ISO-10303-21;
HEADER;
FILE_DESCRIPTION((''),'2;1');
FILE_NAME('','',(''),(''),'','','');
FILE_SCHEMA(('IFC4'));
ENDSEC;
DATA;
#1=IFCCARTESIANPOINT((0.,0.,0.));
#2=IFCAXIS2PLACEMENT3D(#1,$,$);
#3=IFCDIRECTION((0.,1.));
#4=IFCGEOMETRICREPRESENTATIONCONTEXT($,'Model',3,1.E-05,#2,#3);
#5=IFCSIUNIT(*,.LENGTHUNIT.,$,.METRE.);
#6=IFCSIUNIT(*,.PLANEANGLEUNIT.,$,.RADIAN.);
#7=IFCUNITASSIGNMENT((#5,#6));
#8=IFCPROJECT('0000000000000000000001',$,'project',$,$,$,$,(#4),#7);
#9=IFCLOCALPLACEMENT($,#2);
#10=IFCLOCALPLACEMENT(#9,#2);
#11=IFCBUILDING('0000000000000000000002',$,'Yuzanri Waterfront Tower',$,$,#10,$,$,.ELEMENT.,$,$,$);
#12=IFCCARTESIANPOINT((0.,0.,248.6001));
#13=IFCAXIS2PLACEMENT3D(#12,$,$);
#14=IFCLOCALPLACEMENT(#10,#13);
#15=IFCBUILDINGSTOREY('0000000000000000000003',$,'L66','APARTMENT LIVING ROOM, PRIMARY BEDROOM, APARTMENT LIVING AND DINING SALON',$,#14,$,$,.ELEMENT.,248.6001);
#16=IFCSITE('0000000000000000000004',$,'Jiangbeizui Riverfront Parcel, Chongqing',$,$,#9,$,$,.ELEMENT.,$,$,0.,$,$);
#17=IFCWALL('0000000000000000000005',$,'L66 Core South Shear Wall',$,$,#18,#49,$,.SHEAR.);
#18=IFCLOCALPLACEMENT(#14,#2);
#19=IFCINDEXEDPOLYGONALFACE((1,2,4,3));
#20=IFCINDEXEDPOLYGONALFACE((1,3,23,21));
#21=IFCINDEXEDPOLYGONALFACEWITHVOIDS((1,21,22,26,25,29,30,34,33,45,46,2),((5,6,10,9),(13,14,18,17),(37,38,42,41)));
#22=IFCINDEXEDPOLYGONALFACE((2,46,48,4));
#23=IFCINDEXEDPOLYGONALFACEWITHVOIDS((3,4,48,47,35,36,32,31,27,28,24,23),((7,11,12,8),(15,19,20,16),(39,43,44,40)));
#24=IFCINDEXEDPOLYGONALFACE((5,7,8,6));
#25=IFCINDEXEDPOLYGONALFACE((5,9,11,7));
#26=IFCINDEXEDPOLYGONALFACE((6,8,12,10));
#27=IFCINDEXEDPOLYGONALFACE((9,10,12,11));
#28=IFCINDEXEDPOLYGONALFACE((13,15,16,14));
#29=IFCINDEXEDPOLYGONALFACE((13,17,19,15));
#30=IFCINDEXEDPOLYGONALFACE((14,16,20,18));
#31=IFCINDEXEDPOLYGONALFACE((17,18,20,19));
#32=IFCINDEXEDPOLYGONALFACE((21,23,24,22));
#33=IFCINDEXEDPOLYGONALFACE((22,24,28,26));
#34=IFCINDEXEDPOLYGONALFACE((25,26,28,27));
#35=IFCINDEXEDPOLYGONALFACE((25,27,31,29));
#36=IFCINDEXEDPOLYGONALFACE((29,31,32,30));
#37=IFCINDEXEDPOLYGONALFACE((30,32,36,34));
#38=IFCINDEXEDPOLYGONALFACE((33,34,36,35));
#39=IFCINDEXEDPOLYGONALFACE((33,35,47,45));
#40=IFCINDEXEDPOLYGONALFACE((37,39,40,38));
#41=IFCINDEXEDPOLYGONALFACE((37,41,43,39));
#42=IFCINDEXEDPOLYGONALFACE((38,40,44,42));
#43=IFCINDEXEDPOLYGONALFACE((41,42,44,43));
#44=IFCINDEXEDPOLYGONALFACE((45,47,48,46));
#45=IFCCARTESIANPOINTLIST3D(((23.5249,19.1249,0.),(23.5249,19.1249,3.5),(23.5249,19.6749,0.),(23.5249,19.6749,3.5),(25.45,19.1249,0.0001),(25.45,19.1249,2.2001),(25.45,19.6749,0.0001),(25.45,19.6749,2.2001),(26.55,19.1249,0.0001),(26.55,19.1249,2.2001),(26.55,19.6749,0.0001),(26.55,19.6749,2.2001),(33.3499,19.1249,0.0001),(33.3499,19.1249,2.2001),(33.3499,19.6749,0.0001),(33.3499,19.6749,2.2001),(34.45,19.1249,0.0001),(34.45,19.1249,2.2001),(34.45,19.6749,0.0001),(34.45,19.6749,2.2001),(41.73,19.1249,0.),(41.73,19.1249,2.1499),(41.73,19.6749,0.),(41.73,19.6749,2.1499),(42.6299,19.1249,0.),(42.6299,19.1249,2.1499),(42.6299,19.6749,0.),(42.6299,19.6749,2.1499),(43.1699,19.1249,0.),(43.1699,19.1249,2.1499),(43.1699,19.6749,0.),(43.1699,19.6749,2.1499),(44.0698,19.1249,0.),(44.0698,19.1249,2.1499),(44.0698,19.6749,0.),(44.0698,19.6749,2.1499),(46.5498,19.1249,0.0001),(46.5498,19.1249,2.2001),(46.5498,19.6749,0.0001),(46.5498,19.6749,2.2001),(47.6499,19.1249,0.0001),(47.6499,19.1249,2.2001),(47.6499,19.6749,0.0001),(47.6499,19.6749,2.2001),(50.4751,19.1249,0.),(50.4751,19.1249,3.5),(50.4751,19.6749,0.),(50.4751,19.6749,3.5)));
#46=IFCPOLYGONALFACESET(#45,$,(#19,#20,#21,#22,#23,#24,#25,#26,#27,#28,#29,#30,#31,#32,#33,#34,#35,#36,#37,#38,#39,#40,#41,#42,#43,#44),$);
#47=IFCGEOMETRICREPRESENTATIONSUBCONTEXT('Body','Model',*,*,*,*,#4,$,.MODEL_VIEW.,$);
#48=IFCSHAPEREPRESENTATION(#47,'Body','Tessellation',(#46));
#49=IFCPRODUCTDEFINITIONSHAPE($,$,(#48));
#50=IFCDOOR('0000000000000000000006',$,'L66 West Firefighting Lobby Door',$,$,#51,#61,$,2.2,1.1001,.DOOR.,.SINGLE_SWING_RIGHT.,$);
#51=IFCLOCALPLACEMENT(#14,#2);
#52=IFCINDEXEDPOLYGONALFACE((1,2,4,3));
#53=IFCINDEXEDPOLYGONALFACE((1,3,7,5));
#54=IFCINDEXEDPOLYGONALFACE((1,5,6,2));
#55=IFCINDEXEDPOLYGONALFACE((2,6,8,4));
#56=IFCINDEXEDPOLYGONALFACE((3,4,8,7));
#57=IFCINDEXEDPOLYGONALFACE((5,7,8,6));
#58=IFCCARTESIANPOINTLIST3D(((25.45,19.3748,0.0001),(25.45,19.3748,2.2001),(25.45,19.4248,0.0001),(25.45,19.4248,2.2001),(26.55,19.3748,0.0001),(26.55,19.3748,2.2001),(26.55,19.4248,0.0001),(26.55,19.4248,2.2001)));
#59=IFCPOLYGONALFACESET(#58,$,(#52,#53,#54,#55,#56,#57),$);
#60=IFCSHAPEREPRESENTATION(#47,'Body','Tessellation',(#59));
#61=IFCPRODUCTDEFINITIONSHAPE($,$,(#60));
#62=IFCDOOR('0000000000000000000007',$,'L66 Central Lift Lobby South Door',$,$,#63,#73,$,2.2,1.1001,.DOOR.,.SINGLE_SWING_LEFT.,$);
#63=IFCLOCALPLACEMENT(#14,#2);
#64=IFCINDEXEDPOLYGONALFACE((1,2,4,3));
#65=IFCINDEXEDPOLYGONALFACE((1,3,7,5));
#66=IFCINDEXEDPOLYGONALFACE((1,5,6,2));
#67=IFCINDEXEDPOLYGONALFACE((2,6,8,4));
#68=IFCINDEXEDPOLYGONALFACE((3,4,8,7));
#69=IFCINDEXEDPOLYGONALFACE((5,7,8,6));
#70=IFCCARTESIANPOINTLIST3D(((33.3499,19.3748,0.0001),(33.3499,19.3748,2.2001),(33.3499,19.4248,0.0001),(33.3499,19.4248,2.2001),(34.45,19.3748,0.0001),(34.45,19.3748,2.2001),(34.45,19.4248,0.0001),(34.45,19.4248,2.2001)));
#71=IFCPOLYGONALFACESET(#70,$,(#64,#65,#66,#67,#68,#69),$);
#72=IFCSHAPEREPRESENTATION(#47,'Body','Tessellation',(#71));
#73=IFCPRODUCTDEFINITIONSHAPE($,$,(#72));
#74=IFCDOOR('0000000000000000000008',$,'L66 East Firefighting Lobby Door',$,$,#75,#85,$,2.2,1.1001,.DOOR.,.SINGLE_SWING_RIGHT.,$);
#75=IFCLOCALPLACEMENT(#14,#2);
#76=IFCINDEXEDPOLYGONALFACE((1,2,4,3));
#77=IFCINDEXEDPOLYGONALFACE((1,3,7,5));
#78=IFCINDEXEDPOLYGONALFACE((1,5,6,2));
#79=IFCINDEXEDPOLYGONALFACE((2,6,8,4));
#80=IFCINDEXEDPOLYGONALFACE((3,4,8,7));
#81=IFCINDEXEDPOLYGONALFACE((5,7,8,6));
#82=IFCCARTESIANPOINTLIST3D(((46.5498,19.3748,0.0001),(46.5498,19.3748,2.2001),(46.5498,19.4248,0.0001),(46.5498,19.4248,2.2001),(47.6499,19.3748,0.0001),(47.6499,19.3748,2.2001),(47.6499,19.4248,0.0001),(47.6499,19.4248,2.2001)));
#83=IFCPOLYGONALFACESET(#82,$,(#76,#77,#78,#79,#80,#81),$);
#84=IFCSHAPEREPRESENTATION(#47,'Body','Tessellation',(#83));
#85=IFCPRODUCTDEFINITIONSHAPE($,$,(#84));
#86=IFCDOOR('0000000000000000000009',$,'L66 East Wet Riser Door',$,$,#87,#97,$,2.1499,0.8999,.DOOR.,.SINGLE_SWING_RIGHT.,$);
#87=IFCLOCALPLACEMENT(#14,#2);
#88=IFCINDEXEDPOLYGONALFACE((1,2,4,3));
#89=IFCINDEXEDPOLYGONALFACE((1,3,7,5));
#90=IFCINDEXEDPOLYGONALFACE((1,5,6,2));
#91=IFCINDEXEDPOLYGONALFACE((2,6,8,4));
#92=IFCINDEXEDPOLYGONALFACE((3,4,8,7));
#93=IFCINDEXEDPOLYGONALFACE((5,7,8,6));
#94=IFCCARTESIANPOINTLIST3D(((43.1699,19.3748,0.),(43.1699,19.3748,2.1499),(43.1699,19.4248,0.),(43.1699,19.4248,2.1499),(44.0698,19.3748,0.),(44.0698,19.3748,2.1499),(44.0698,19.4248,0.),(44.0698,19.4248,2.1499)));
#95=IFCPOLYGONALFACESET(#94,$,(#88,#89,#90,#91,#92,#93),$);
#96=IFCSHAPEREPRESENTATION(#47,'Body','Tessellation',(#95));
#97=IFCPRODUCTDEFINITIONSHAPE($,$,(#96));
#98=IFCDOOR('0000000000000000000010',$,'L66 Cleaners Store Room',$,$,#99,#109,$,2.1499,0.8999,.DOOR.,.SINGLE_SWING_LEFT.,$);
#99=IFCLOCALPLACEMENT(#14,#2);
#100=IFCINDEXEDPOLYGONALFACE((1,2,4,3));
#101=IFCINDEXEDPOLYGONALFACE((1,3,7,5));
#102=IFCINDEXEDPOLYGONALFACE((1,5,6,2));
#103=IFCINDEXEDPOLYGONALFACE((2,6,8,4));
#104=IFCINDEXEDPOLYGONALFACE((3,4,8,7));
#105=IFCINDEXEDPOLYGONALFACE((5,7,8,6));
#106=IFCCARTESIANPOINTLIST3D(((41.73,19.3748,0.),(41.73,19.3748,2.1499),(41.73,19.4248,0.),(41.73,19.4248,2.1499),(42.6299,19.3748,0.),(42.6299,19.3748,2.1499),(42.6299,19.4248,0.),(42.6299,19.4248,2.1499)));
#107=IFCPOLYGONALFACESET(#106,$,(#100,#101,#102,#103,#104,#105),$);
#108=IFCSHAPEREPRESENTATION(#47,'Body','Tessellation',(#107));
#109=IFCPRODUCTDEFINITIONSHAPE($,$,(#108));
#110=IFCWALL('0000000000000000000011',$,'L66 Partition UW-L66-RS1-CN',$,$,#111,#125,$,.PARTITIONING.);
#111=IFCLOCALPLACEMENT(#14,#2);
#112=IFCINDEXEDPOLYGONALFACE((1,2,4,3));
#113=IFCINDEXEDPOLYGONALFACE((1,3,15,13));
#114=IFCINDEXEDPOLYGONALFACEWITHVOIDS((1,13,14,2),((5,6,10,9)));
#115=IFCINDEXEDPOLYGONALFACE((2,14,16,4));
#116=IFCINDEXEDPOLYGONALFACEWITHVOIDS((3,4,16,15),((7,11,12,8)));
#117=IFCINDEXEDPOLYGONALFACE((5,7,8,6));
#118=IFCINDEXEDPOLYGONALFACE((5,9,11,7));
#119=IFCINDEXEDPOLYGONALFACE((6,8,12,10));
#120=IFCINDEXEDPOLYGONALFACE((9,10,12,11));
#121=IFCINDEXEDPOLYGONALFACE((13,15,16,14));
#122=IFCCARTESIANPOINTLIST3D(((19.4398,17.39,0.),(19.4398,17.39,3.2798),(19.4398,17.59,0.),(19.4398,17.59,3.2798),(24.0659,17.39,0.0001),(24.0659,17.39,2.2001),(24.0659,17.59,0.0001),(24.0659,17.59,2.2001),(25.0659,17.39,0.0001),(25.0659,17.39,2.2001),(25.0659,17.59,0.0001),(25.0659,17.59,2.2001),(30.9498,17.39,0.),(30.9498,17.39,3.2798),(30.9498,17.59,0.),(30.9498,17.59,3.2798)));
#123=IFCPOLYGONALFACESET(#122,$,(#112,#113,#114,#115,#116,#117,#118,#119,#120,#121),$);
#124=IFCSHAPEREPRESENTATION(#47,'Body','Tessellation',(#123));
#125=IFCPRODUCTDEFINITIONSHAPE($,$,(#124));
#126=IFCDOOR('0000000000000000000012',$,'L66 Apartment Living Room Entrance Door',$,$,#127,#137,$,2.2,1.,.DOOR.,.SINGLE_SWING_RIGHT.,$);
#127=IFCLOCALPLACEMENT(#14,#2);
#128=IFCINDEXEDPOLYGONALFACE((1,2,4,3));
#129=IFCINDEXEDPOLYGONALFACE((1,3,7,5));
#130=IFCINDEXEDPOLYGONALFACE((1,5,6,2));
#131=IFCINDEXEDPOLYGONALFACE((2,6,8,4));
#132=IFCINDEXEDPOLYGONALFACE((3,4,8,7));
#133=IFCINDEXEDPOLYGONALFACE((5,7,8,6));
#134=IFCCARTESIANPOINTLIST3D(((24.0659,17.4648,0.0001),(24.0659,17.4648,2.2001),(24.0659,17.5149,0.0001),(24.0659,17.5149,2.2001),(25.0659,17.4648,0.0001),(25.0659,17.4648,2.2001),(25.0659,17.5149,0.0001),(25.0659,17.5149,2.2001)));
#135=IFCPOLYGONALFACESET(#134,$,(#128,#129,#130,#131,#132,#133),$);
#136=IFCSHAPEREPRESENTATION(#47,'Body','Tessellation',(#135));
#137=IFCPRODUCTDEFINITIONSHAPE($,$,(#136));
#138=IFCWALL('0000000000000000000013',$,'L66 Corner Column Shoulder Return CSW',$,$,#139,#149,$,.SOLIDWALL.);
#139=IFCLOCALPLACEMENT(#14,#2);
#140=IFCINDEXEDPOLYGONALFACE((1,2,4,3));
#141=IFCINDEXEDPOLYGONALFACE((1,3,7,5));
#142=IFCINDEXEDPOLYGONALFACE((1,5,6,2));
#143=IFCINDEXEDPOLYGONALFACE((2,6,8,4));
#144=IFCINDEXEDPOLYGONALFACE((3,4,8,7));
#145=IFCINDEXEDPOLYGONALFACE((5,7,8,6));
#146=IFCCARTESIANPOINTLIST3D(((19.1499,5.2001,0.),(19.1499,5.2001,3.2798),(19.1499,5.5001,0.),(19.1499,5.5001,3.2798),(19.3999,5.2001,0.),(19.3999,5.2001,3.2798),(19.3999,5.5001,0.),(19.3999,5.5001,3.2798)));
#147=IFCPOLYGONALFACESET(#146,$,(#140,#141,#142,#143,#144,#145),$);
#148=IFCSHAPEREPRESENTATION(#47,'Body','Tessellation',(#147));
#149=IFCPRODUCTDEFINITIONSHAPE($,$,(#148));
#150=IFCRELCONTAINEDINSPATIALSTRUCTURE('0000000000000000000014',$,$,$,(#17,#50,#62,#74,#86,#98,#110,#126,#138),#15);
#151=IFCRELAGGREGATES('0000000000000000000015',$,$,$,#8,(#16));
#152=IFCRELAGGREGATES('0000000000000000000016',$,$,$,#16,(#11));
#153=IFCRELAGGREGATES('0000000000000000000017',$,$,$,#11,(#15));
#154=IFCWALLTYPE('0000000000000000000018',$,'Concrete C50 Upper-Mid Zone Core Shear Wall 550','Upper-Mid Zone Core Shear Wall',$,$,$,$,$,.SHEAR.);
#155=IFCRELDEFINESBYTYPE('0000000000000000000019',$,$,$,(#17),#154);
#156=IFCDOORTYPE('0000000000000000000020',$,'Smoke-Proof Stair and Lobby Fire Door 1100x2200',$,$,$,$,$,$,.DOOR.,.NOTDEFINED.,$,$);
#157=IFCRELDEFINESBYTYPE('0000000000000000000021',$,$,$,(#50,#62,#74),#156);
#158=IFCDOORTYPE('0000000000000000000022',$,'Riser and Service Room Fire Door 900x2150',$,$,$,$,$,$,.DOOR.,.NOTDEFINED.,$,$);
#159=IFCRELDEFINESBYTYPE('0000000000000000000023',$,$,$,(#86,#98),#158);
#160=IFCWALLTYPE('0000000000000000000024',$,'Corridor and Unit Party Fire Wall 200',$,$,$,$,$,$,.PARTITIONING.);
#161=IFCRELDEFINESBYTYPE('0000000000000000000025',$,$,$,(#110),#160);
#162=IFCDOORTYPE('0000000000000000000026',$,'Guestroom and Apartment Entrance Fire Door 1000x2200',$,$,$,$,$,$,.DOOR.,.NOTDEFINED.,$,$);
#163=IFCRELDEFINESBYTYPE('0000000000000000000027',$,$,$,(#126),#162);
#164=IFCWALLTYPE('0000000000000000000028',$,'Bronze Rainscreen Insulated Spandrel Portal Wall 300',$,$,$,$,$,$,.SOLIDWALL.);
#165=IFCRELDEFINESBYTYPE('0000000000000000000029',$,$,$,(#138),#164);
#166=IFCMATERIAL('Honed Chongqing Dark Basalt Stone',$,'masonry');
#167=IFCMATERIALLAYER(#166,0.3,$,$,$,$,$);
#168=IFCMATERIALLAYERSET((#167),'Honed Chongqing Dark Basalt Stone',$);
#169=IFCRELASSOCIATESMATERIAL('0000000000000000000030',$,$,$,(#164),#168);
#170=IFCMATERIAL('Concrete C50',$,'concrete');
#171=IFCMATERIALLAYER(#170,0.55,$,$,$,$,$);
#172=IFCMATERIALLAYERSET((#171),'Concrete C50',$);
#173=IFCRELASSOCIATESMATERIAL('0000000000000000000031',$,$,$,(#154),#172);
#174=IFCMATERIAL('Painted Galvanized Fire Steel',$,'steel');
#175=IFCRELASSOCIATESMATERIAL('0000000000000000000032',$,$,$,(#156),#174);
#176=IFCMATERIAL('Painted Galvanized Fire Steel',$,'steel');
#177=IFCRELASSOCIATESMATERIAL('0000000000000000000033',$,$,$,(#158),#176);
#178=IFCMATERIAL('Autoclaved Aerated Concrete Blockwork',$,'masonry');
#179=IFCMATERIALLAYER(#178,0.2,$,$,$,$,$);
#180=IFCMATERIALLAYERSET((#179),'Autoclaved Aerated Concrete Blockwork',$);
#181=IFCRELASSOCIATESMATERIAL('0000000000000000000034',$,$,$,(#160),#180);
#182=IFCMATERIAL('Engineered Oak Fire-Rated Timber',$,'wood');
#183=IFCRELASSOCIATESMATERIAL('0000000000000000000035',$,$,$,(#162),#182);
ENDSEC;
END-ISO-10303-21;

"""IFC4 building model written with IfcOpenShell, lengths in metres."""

from ifc_helpers import new_model, si_unit, direction, frame, frame_2d, origin, place, context, subcontext, project, spatial, rectangle, extrude, source, transform, mapped, material, layer, layer_set, type_object, element, fill, save


model = new_model("IFC4")

# Units and contexts
model_context = context("Model", 3, precision=1e-05, world=origin(), true_north=direction((0.0, 1.0)))
body_context = subcontext(model_context, "Body", "Model", "MODEL_VIEW")
ifc_project = project(units=[si_unit("LENGTHUNIT", "METRE"), si_unit("PLANEANGLEUNIT", "RADIAN")], contexts=[model_context])

# Site, building, storey
site_placement = place(None, origin())
site = spatial("IfcSite", under=ifc_project, at=site_placement, Name="Jiangbeizui Riverfront Parcel, Chongqing", CompositionType="ELEMENT", RefElevation=0.0)
building_placement = place(site_placement, origin())
building = spatial("IfcBuilding", under=site, at=building_placement, Name="Yuzanri Waterfront Tower", CompositionType="ELEMENT")
storey_placement = place(building_placement, frame((0.0, 0.0, 248.6001)))
storey = spatial("IfcBuildingStorey", under=building, at=storey_placement, Name="L66", Description="APARTMENT LIVING ROOM, PRIMARY BEDROOM, APARTMENT LIVING AND DINING SALON", CompositionType="ELEMENT", Elevation=248.6001)

# Shared definitions
ifc_material_1 = material(Name="Honed Chongqing Dark Basalt Stone", Category="masonry")
ifc_layer_1 = layer(ifc_material_1, 0.3)
ifc_layer_set_1 = layer_set([ifc_layer_1], Name="Honed Chongqing Dark Basalt Stone")
wall_type_1 = type_object("IfcWallType", Name="Bronze Rainscreen Insulated Spandrel Portal Wall 300", PredefinedType="SOLIDWALL", material=ifc_layer_set_1)

# Wall, openings, doors
ifc_material_2 = material(Name="Concrete C50", Category="concrete")
ifc_layer_2 = layer(ifc_material_2, 0.55)
ifc_layer_set_2 = layer_set([ifc_layer_2], Name="Concrete C50")
wall_type_2 = type_object("IfcWallType", Name="Concrete C50 Upper-Mid Zone Core Shear Wall 550", Description="Upper-Mid Zone Core Shear Wall", PredefinedType="SHEAR", material=ifc_layer_set_2)
wall_1_placement = place(storey_placement, frame((23.5249, 19.3999, 0.0), z_axis=(0.0, 0.0, 1.0), x_axis=(1.0, 0.0, 0.0)))
wall_1 = element("IfcWall", 1, at=wall_1_placement, inside=storey, type_object=wall_type_2, Name="L66 Core South Shear Wall", PredefinedType="SHEAR", context=body_context, shape_type="SweptSolid", body=[
    extrude(rectangle(XDim=26.9502, YDim=0.55, at=frame_2d((13.4751, 0.0))), origin(), (0.0, 0.0, 1.0), 3.5),
])
opening_1_placement = place(wall_1_placement, frame((1.925, 0.0, 0.0)))
opening_1 = element("IfcOpeningElement", 2, at=opening_1_placement, cuts=wall_1, PredefinedType="OPENING", context=body_context, shape_type="SweptSolid", body=[
    extrude(rectangle(XDim=1.1001, YDim=2.2, at=frame_2d((0.55, 1.1001))), frame((0.0, 0.29, 0.0), z_axis=(0.0, -1.0, 0.0), x_axis=(1.0, 0.0, 0.0)), (0.0, 0.0, 1.0), 0.5798),
])
opening_2_placement = place(wall_1_placement, frame((9.825, 0.0, 0.0)))
opening_2 = element("IfcOpeningElement", 3, at=opening_2_placement, cuts=wall_1, PredefinedType="OPENING", context=body_context, shape_type="SweptSolid", body=[
    extrude(rectangle(XDim=1.1001, YDim=2.2, at=frame_2d((0.55, 1.1001))), frame((0.0, 0.29, 0.0), z_axis=(0.0, -1.0, 0.0), x_axis=(1.0, 0.0, 0.0)), (0.0, 0.0, 1.0), 0.5798),
])
opening_3_placement = place(wall_1_placement, frame((23.0249, 0.0, 0.0)))
opening_3 = element("IfcOpeningElement", 4, at=opening_3_placement, cuts=wall_1, PredefinedType="OPENING", context=body_context, shape_type="SweptSolid", body=[
    extrude(rectangle(XDim=1.1001, YDim=2.2, at=frame_2d((0.55, 1.1001))), frame((0.0, 0.29, 0.0), z_axis=(0.0, -1.0, 0.0), x_axis=(1.0, 0.0, 0.0)), (0.0, 0.0, 1.0), 0.5798),
])
opening_4_placement = place(wall_1_placement, frame((19.645, 0.0, 0.0)))
opening_4 = element("IfcOpeningElement", 5, at=opening_4_placement, cuts=wall_1, PredefinedType="OPENING", context=body_context, shape_type="SweptSolid", body=[
    extrude(rectangle(XDim=0.8999, YDim=2.1499, at=frame_2d((0.45, 1.075))), frame((0.0, 0.29, 0.0), z_axis=(0.0, -1.0, 0.0), x_axis=(1.0, 0.0, 0.0)), (0.0, 0.0, 1.0), 0.5798),
])
opening_5_placement = place(wall_1_placement, frame((18.2051, 0.0, 0.0)))
opening_5 = element("IfcOpeningElement", 6, at=opening_5_placement, cuts=wall_1, PredefinedType="OPENING", context=body_context, shape_type="SweptSolid", body=[
    extrude(rectangle(XDim=0.8999, YDim=2.1499, at=frame_2d((0.45, 1.075))), frame((0.0, 0.29, 0.0), z_axis=(0.0, -1.0, 0.0), x_axis=(1.0, 0.0, 0.0)), (0.0, 0.0, 1.0), 0.5798),
])
ifc_material_3 = material(Name="Painted Galvanized Fire Steel", Category="steel")
door_type_1 = type_object("IfcDoorType", Name="Smoke-Proof Stair and Lobby Fire Door 1100x2200", OperationType="NOTDEFINED", PredefinedType="DOOR", material=ifc_material_3)
shared_shape_1 = source(origin(), body_context, "Body", "SweptSolid", [
    extrude(rectangle(XDim=1.1001, YDim=2.2, at=frame_2d((0.55, 1.1001))), frame((0.0, 0.0249, 0.0), z_axis=(0.0, -1.0, 0.0), x_axis=(1.0, 0.0, 0.0)), (0.0, 0.0, 1.0), 0.05),
])
door_1_placement = place(opening_1_placement, origin())
door_1 = element("IfcDoor", 7, at=door_1_placement, inside=storey, type_object=door_type_1, Name="L66 West Firefighting Lobby Door", OperationType="SINGLE_SWING_RIGHT", OverallHeight=2.2, OverallWidth=1.1001, PredefinedType="DOOR", context=body_context, shape_type="MappedRepresentation", body=[
    mapped(shared_shape_1, transform((0.0, 0.0, 0.0), scale=1.0)),
])
fill(opening_1, door_1)
door_2_placement = place(opening_2_placement, origin())
door_2 = element("IfcDoor", 8, at=door_2_placement, inside=storey, type_object=door_type_1, Name="L66 Central Lift Lobby South Door", OperationType="SINGLE_SWING_LEFT", OverallHeight=2.2, OverallWidth=1.1001, PredefinedType="DOOR", context=body_context, shape_type="MappedRepresentation", body=[
    mapped(shared_shape_1, transform((0.0, 0.0, 0.0), scale=1.0)),
])
fill(opening_2, door_2)
door_3_placement = place(opening_3_placement, origin())
door_3 = element("IfcDoor", 9, at=door_3_placement, inside=storey, type_object=door_type_1, Name="L66 East Firefighting Lobby Door", OperationType="SINGLE_SWING_RIGHT", OverallHeight=2.2, OverallWidth=1.1001, PredefinedType="DOOR", context=body_context, shape_type="MappedRepresentation", body=[
    mapped(shared_shape_1, transform((0.0, 0.0, 0.0), scale=1.0)),
])
fill(opening_3, door_3)
ifc_material_4 = material(Name="Painted Galvanized Fire Steel", Category="steel")
door_type_2 = type_object("IfcDoorType", Name="Riser and Service Room Fire Door 900x2150", OperationType="NOTDEFINED", PredefinedType="DOOR", material=ifc_material_4)
shared_shape_2 = source(origin(), body_context, "Body", "SweptSolid", [
    extrude(rectangle(XDim=0.8999, YDim=2.1499, at=frame_2d((0.45, 1.075))), frame((0.0, 0.0249, 0.0), z_axis=(0.0, -1.0, 0.0), x_axis=(1.0, 0.0, 0.0)), (0.0, 0.0, 1.0), 0.05),
])
door_4_placement = place(opening_4_placement, origin())
door_4 = element("IfcDoor", 10, at=door_4_placement, inside=storey, type_object=door_type_2, Name="L66 East Wet Riser Door", OperationType="SINGLE_SWING_RIGHT", OverallHeight=2.1499, OverallWidth=0.8999, PredefinedType="DOOR", context=body_context, shape_type="MappedRepresentation", body=[
    mapped(shared_shape_2, transform((0.0, 0.0, 0.0), scale=1.0)),
])
fill(opening_4, door_4)
door_5_placement = place(opening_5_placement, origin())
door_5 = element("IfcDoor", 11, at=door_5_placement, inside=storey, type_object=door_type_2, Name="L66 Cleaners Store Room", OperationType="SINGLE_SWING_LEFT", OverallHeight=2.1499, OverallWidth=0.8999, PredefinedType="DOOR", context=body_context, shape_type="MappedRepresentation", body=[
    mapped(shared_shape_2, transform((0.0, 0.0, 0.0), scale=1.0)),
])
fill(opening_5, door_5)

# Wall, opening, door
ifc_material_5 = material(Name="Autoclaved Aerated Concrete Blockwork", Category="masonry")
ifc_layer_3 = layer(ifc_material_5, 0.2)
ifc_layer_set_3 = layer_set([ifc_layer_3], Name="Autoclaved Aerated Concrete Blockwork")
wall_type_3 = type_object("IfcWallType", Name="Corridor and Unit Party Fire Wall 200", PredefinedType="PARTITIONING", material=ifc_layer_set_3)
wall_2_placement = place(storey_placement, frame((19.4399, 17.49, 0.0), z_axis=(0.0, 0.0, 1.0), x_axis=(1.0, 0.0, 0.0)))
wall_2 = element("IfcWall", 12, at=wall_2_placement, inside=storey, type_object=wall_type_3, Name="L66 Partition UW-L66-RS1-CN", PredefinedType="PARTITIONING", context=body_context, shape_type="SweptSolid", body=[
    extrude(rectangle(XDim=11.51, YDim=0.2, at=frame_2d((5.7549, 0.0))), origin(), (0.0, 0.0, 1.0), 3.2798),
])
opening_6_placement = place(wall_2_placement, frame((4.626, 0.0, 0.0)))
opening_6 = element("IfcOpeningElement", 13, at=opening_6_placement, cuts=wall_2, PredefinedType="OPENING", context=body_context, shape_type="SweptSolid", body=[
    extrude(rectangle(XDim=1.0, YDim=2.2, at=frame_2d((0.5, 1.1001))), frame((0.0, 0.1147, 0.0), z_axis=(0.0, -1.0, 0.0), x_axis=(1.0, 0.0, 0.0)), (0.0, 0.0, 1.0), 0.2297),
])
ifc_material_6 = material(Name="Engineered Oak Fire-Rated Timber", Category="wood")
door_type_3 = type_object("IfcDoorType", Name="Guestroom and Apartment Entrance Fire Door 1000x2200", OperationType="NOTDEFINED", PredefinedType="DOOR", material=ifc_material_6)
shared_shape_3 = source(origin(), body_context, "Body", "SweptSolid", [
    extrude(rectangle(XDim=1.0, YDim=2.2, at=frame_2d((0.5, 1.1001))), frame((0.0, 0.0249, 0.0), z_axis=(0.0, -1.0, 0.0), x_axis=(1.0, 0.0, 0.0)), (0.0, 0.0, 1.0), 0.05),
])
door_6_placement = place(opening_6_placement, origin())
door_6 = element("IfcDoor", 14, at=door_6_placement, inside=storey, type_object=door_type_3, Name="L66 Apartment Living Room Entrance Door", OperationType="SINGLE_SWING_RIGHT", OverallHeight=2.2, OverallWidth=1.0, PredefinedType="DOOR", context=body_context, shape_type="MappedRepresentation", body=[
    mapped(shared_shape_3, transform((0.0, 0.0, 0.0), scale=1.0)),
])
fill(opening_6, door_6)

# Wall
shared_shape_4 = source(origin(), body_context, "Body", "SweptSolid", [
    extrude(rectangle(XDim=0.25, YDim=0.3, at=frame_2d((0.125, 0.0))), origin(), (0.0, 0.0, 1.0), 3.2798),
])
wall_3_placement = place(storey_placement, frame((19.1499, 5.3501, 0.0), z_axis=(0.0, 0.0, 1.0), x_axis=(1.0, 0.0, 0.0)))
element("IfcWall", 15, at=wall_3_placement, inside=storey, type_object=wall_type_1, Name="L66 Corner Column Shoulder Return CSW", PredefinedType="SOLIDWALL", context=body_context, shape_type="MappedRepresentation", body=[
    mapped(shared_shape_4, transform((0.0, 0.0, 0.0), scale=1.0)),
])

save(model, "model.ifc")
